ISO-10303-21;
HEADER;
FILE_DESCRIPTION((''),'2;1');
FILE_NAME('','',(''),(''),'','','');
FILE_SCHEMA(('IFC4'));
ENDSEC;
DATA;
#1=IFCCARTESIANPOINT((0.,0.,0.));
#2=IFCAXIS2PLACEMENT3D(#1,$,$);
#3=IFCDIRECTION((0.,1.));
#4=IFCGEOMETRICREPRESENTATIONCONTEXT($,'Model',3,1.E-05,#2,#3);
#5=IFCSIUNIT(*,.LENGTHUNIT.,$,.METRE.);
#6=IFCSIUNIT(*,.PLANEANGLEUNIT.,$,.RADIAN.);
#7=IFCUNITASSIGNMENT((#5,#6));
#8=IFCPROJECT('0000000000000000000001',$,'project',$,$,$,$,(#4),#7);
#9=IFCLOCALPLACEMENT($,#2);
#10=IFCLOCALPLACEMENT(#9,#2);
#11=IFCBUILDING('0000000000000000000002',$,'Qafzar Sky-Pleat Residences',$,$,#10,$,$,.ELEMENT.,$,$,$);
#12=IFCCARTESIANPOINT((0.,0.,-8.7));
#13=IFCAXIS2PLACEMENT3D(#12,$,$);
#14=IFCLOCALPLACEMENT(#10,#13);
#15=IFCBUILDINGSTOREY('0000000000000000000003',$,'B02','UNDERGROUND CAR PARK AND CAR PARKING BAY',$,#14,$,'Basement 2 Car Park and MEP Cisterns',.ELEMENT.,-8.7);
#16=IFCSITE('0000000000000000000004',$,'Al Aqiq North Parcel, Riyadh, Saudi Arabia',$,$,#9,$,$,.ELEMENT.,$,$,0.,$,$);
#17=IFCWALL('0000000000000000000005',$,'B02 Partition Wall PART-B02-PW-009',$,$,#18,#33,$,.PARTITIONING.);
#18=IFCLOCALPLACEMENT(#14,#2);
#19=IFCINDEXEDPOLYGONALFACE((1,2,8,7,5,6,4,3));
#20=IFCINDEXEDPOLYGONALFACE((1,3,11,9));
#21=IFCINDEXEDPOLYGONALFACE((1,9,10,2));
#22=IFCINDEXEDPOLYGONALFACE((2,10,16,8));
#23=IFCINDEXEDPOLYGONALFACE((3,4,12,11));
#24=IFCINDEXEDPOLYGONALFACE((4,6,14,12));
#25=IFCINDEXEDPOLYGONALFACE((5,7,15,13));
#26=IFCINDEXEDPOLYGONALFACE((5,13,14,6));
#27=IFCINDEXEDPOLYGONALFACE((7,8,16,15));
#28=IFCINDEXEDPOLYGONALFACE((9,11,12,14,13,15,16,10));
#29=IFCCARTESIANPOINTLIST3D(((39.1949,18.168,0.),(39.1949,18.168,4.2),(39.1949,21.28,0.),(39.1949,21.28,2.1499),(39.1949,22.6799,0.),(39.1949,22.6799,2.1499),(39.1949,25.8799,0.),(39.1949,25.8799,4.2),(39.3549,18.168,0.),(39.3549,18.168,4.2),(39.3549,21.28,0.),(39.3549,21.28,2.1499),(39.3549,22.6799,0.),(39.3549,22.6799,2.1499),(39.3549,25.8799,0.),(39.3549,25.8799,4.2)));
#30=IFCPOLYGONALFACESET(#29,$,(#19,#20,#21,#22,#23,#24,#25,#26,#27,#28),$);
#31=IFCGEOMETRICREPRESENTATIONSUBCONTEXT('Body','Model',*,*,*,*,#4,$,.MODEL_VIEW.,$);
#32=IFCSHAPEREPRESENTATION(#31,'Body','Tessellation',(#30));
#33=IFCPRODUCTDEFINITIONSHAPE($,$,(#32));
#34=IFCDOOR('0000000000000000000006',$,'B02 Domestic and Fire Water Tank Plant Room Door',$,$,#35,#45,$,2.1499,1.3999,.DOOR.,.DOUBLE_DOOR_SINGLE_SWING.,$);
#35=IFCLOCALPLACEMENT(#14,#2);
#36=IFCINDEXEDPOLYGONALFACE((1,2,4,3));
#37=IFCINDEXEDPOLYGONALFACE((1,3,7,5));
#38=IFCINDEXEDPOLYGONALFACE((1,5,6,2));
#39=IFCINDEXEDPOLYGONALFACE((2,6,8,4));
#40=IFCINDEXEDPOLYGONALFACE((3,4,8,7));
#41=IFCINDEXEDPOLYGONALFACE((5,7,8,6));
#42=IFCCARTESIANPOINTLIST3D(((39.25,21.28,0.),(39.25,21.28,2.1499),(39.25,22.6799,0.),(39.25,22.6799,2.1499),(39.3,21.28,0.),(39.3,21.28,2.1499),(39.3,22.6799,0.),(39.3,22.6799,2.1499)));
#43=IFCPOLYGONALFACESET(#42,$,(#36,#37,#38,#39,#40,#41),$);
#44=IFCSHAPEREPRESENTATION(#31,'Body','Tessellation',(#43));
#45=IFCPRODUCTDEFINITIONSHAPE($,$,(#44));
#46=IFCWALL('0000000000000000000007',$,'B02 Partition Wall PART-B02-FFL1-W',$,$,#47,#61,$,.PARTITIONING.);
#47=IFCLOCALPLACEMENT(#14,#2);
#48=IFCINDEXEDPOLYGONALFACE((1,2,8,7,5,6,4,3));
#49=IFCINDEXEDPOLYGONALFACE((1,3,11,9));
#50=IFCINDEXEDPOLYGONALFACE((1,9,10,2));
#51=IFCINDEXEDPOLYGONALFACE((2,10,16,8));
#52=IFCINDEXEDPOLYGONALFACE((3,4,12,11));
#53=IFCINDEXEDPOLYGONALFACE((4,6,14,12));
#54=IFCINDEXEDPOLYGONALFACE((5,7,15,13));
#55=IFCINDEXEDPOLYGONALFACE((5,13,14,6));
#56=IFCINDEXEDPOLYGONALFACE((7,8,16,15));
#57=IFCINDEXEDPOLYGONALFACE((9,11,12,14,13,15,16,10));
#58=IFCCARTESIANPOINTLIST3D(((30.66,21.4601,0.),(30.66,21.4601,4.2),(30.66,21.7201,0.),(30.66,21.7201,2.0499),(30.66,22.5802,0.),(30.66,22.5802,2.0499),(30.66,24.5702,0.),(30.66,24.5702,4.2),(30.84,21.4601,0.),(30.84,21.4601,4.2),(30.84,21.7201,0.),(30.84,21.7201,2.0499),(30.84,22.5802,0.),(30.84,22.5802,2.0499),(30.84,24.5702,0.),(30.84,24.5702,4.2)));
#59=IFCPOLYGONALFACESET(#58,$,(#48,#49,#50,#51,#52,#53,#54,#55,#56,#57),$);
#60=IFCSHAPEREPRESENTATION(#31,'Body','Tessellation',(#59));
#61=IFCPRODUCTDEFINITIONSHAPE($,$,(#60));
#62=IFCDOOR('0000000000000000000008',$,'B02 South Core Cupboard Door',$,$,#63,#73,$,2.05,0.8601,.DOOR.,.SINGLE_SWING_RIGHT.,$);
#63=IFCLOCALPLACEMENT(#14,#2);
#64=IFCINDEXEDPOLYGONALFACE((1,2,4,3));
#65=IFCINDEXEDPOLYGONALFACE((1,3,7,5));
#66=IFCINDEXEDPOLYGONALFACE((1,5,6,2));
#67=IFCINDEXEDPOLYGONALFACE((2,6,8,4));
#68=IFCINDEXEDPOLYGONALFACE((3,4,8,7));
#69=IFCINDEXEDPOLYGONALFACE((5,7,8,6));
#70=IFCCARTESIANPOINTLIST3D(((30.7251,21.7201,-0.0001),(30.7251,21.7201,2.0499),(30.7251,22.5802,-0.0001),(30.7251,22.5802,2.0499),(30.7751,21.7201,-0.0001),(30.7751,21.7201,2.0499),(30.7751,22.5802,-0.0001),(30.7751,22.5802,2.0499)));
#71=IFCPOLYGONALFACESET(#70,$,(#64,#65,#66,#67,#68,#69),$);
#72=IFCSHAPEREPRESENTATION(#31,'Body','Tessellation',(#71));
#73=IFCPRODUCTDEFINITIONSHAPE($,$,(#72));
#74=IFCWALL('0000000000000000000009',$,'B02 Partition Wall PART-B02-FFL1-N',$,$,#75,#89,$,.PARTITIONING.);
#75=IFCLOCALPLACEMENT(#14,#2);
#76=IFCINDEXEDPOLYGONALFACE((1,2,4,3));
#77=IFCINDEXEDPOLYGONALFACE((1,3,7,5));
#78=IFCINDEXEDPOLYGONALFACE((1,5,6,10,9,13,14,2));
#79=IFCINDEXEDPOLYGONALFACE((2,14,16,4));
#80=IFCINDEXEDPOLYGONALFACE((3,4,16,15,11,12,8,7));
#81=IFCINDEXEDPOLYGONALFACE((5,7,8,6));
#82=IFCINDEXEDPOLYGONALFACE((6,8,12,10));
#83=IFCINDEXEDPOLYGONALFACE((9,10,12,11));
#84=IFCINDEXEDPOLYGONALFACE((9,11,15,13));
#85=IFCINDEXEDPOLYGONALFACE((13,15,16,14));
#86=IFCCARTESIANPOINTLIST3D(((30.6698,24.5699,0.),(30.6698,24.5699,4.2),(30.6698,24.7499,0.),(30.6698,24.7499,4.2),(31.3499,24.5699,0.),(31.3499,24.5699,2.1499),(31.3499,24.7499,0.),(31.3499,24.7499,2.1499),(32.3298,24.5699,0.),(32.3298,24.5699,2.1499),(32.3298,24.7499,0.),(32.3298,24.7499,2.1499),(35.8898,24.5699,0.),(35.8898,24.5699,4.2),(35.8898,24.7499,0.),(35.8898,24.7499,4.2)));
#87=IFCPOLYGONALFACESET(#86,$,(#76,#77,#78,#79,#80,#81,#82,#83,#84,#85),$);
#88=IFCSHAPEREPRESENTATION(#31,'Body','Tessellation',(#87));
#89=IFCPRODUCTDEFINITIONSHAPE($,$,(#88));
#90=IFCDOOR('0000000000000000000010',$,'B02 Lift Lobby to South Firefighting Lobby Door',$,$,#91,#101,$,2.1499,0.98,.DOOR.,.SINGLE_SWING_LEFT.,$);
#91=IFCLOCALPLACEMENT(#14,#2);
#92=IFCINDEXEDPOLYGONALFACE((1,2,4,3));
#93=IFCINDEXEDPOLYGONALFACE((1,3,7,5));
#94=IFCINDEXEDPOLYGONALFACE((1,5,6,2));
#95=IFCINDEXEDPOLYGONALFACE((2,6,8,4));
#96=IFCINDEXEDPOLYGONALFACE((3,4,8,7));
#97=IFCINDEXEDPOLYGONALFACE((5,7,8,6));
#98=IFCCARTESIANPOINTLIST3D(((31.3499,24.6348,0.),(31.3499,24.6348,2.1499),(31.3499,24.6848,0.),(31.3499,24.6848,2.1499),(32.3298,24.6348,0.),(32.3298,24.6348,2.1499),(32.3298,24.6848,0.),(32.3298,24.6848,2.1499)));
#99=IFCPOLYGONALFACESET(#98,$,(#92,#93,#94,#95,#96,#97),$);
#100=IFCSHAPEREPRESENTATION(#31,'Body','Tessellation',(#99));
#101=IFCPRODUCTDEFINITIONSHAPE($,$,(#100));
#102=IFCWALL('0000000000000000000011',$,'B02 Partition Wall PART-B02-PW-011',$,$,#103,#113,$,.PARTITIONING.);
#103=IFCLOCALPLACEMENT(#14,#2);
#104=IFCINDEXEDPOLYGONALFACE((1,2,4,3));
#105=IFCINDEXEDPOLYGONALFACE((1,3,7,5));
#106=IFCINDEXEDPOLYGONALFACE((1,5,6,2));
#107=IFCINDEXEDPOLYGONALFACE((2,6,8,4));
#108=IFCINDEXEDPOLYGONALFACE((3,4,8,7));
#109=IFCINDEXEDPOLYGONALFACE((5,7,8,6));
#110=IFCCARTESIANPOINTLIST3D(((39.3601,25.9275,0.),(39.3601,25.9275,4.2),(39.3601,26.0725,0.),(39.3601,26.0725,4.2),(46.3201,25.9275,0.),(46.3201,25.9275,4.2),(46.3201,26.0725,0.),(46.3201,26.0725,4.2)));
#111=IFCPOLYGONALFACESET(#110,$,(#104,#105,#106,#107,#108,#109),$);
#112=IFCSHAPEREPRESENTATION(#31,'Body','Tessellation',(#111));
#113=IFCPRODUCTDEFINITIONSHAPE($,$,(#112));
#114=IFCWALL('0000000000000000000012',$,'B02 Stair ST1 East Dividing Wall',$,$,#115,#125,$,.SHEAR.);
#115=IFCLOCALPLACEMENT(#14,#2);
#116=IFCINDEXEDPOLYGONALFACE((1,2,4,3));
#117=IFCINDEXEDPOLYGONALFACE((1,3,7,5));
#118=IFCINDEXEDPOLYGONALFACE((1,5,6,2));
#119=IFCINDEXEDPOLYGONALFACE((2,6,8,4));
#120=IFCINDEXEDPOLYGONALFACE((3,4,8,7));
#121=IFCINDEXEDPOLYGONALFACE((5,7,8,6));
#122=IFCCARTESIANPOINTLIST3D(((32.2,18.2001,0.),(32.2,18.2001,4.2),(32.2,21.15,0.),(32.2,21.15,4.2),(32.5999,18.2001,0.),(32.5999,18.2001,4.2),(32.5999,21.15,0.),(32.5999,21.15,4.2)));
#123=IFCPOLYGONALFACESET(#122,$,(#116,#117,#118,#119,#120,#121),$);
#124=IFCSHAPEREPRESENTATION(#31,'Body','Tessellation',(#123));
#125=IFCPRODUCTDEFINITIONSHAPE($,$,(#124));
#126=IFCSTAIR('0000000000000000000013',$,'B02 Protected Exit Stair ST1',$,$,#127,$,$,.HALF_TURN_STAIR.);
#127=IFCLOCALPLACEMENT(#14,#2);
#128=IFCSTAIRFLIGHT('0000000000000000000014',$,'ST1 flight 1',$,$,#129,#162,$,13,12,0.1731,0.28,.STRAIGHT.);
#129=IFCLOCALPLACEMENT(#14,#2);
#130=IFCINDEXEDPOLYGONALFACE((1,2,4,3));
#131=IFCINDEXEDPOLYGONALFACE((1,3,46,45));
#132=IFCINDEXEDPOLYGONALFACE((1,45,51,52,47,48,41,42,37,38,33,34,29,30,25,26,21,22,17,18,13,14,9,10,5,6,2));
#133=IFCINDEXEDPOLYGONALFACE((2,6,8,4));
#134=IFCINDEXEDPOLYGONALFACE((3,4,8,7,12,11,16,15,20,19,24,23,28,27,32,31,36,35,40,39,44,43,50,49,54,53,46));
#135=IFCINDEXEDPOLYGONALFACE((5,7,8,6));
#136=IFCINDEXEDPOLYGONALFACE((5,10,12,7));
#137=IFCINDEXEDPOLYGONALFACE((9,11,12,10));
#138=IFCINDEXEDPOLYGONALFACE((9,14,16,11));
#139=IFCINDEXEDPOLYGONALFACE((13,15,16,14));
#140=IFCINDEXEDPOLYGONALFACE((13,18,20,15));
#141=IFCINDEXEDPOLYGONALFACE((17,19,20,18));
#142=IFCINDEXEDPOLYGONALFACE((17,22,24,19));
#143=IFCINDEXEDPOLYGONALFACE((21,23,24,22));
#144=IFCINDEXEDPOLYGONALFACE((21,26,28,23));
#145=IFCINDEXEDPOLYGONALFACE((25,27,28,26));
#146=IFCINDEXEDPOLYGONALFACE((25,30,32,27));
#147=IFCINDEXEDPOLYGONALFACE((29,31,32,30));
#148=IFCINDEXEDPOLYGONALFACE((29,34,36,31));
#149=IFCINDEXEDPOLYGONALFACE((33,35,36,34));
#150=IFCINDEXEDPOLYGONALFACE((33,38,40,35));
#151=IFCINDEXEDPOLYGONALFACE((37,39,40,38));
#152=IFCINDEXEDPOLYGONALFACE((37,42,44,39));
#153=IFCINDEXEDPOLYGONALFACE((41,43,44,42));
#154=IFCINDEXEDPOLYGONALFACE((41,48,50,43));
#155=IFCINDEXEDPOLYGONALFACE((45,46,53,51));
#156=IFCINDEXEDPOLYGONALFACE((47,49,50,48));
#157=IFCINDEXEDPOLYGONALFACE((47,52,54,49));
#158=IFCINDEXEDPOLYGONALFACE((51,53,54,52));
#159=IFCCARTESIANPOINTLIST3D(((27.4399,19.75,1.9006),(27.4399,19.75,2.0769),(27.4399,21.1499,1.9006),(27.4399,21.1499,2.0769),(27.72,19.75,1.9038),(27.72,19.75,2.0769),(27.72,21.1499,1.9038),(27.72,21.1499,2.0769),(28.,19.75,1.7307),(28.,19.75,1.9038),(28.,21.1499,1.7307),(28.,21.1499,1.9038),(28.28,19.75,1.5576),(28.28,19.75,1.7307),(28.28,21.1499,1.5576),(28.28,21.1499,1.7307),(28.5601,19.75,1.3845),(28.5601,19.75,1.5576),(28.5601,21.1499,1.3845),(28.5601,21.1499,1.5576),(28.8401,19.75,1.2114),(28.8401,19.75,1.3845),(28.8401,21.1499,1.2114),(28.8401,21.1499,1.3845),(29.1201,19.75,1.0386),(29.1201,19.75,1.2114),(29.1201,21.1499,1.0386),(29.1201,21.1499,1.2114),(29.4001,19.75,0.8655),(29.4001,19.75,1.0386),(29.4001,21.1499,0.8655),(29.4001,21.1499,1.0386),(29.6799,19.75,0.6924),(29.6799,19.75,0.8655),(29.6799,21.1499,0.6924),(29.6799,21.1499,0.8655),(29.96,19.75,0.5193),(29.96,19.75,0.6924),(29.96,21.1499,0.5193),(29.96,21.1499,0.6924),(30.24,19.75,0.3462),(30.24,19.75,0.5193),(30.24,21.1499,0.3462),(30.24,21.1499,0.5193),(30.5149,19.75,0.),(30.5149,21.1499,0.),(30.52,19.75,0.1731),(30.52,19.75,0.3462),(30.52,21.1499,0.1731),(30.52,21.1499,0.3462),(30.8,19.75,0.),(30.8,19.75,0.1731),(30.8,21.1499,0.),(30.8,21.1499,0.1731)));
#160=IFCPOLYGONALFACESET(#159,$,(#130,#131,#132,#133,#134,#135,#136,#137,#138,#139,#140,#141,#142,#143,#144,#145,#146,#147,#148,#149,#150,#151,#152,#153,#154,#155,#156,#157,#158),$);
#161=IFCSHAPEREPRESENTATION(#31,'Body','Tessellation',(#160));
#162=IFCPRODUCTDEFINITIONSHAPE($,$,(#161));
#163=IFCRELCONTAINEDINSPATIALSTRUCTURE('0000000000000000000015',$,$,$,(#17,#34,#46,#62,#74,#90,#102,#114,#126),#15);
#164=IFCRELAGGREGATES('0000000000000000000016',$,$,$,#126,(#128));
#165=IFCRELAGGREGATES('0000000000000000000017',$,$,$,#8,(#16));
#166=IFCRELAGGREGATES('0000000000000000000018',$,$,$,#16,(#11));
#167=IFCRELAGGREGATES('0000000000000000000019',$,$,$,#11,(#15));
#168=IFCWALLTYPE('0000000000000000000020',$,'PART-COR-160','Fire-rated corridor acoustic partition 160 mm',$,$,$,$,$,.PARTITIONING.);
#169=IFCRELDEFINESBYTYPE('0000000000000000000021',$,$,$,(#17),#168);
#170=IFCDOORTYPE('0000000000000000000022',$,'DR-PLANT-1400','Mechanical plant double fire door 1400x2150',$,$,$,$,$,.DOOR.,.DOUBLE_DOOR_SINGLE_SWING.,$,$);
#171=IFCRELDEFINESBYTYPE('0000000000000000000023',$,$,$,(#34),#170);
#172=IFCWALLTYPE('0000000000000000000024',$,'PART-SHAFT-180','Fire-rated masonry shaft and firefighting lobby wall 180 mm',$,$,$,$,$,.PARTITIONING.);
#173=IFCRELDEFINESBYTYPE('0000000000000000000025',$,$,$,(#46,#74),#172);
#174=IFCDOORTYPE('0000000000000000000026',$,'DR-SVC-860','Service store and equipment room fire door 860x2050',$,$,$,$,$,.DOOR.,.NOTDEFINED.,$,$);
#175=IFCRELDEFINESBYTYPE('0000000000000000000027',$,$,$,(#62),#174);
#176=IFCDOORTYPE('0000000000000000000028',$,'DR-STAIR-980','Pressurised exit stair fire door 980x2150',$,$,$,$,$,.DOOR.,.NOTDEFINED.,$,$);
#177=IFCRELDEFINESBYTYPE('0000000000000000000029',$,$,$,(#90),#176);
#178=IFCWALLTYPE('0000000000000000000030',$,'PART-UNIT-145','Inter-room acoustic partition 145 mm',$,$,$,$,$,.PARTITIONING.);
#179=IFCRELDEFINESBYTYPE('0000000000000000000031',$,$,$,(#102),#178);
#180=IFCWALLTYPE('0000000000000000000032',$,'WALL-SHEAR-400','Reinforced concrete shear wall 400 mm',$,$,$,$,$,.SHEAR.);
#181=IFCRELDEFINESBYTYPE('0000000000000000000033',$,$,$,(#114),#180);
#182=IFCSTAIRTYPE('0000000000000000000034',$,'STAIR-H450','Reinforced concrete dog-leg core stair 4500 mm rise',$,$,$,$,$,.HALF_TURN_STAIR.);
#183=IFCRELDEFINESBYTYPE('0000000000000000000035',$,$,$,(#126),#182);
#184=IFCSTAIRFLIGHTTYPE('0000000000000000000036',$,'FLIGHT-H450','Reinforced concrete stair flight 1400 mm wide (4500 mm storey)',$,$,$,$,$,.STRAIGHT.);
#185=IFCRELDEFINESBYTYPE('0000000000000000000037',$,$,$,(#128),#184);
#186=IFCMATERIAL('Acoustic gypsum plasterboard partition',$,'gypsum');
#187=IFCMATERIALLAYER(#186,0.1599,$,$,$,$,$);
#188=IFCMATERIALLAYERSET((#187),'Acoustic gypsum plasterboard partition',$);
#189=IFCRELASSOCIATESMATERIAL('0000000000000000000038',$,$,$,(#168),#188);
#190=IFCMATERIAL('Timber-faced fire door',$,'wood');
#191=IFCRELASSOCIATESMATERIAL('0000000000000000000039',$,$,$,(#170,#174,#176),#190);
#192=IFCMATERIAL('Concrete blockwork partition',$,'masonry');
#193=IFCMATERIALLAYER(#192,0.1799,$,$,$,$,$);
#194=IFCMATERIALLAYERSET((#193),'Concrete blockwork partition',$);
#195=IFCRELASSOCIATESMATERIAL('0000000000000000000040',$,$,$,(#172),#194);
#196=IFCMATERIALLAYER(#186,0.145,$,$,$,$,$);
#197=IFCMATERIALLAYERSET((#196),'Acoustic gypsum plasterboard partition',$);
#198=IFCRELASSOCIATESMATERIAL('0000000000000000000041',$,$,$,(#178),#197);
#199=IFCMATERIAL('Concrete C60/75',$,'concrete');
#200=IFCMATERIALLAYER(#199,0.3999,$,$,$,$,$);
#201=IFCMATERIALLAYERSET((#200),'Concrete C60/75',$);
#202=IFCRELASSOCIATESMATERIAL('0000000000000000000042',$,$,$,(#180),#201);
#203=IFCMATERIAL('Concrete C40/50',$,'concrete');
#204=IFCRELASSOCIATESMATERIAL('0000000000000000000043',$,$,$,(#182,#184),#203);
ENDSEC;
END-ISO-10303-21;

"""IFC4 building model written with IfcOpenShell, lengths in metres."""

from ifc_helpers import new_model, si_unit, direction, frame, frame_2d, origin, place, context, subcontext, project, spatial, polyline, rectangle, outline, extrude, source, transform, mapped, material, layer, layer_set, type_object, element, fill, aggregate, save


model = new_model("IFC4")

# Units and contexts
model_context = context("Model", 3, precision=1e-05, world=origin(), true_north=direction((0.0, 1.0)))
body_context = subcontext(model_context, "Body", "Model", "MODEL_VIEW")
ifc_project = project(units=[si_unit("LENGTHUNIT", "METRE"), si_unit("PLANEANGLEUNIT", "RADIAN")], contexts=[model_context])

# Site, building, storey
site_placement = place(None, origin())
site = spatial("IfcSite", under=ifc_project, at=site_placement, Name="Al Aqiq North Parcel, Riyadh, Saudi Arabia", CompositionType="ELEMENT", RefElevation=0.0)
building_placement = place(site_placement, origin())
building = spatial("IfcBuilding", under=site, at=building_placement, Name="Qafzar Sky-Pleat Residences", CompositionType="ELEMENT")
storey_placement = place(building_placement, frame((0.0, 0.0, -8.7)))
storey = spatial("IfcBuildingStorey", under=building, at=storey_placement, Name="B02", Description="UNDERGROUND CAR PARK AND CAR PARKING BAY", LongName="Basement 2 Car Park and MEP Cisterns", CompositionType="ELEMENT", Elevation=-8.7)

# Shared definitions
ifc_material_1 = material(Name="Acoustic gypsum plasterboard partition", Category="gypsum")
ifc_layer_1 = layer(ifc_material_1, 0.1599)
ifc_layer_set_1 = layer_set([ifc_layer_1], Name="Acoustic gypsum plasterboard partition")
wall_type_1 = type_object("IfcWallType", Name="PART-COR-160", Description="Fire-rated corridor acoustic partition 160 mm", PredefinedType="PARTITIONING", material=ifc_layer_set_1)

# Walls, openings, doors
wall_1_placement = place(storey_placement, frame((39.2749, 18.168, 0.0), z_axis=(0.0, 0.0, 1.0), x_axis=(0.0, 1.0, 0.0)))
wall_1 = element("IfcWall", 1, at=wall_1_placement, inside=storey, type_object=wall_type_1, Name="B02 Partition Wall PART-B02-PW-009", PredefinedType="PARTITIONING", context=body_context, shape_type="SweptSolid", body=[
    extrude(rectangle(XDim=7.7119, YDim=0.1599, at=frame_2d((3.856, 0.0))), origin(), (0.0, 0.0, 1.0), 4.2),
])
opening_1_placement = place(wall_1_placement, frame((3.1121, 0.0, 0.0)))
opening_1 = element("IfcOpeningElement", 2, at=opening_1_placement, cuts=wall_1, PredefinedType="OPENING", context=body_context, shape_type="SweptSolid", body=[
    extrude(rectangle(XDim=1.3999, YDim=2.1499, at=frame_2d((0.7, 1.075))), frame((0.0, 0.0898, 0.0), z_axis=(0.0, -1.0, 0.0), x_axis=(1.0, 0.0, 0.0)), (0.0, 0.0, 1.0), 0.1799),
])
ifc_material_2 = material(Name="Timber-faced fire door", Category="wood")
door_type_1 = type_object("IfcDoorType", Name="DR-PLANT-1400", Description="Mechanical plant double fire door 1400x2150", OperationType="DOUBLE_DOOR_SINGLE_SWING", PredefinedType="DOOR", material=ifc_material_2)
shared_shape_1 = source(origin(), body_context, "Body", "SweptSolid", [
    extrude(rectangle(XDim=1.3999, YDim=2.1499, at=frame_2d((0.7, 1.075))), frame((0.0, 0.0249, 0.0), z_axis=(0.0, -1.0, 0.0), x_axis=(1.0, 0.0, 0.0)), (0.0, 0.0, 1.0), 0.05),
])
door_1_placement = place(opening_1_placement, origin())
door_1 = element("IfcDoor", 3, at=door_1_placement, inside=storey, type_object=door_type_1, Name="B02 Domestic and Fire Water Tank Plant Room Door", OperationType="DOUBLE_DOOR_SINGLE_SWING", OverallHeight=2.1499, OverallWidth=1.3999, PredefinedType="DOOR", context=body_context, shape_type="MappedRepresentation", body=[
    mapped(shared_shape_1, transform((0.0, 0.0, 0.0), x_axis=(1.0, 0.0, 0.0), y_axis=(0.0, 1.0, 0.0), z_axis=(0.0, 0.0, 1.0), scale=1.0)),
])
fill(opening_1, door_1)
ifc_material_3 = material(Name="Concrete blockwork partition", Category="masonry")
ifc_layer_2 = layer(ifc_material_3, 0.1799)
ifc_layer_set_2 = layer_set([ifc_layer_2], Name="Concrete blockwork partition")
wall_type_2 = type_object("IfcWallType", Name="PART-SHAFT-180", Description="Fire-rated masonry shaft and firefighting lobby wall 180 mm", PredefinedType="PARTITIONING", material=ifc_layer_set_2)
wall_2_placement = place(storey_placement, frame((30.75, 21.46, 0.0), z_axis=(0.0, 0.0, 1.0), x_axis=(0.0, 1.0, 0.0)))
wall_2 = element("IfcWall", 4, at=wall_2_placement, inside=storey, type_object=wall_type_2, Name="B02 Partition Wall PART-B02-FFL1-W", PredefinedType="PARTITIONING", context=body_context, shape_type="SweptSolid", body=[
    extrude(rectangle(XDim=3.1101, YDim=0.1799, at=frame_2d((1.5552, 0.0))), origin(), (0.0, 0.0, 1.0), 4.2),
])
opening_2_placement = place(wall_2_placement, frame((0.26, 0.0, 0.0)))
opening_2 = element("IfcOpeningElement", 5, at=opening_2_placement, cuts=wall_2, PredefinedType="OPENING", context=body_context, shape_type="SweptSolid", body=[
    extrude(rectangle(XDim=0.8601, YDim=2.05, at=frame_2d((0.4302, 1.0249))), frame((0.0, 0.1001, 0.0), z_axis=(0.0, -1.0, 0.0), x_axis=(1.0, 0.0, 0.0)), (0.0, 0.0, 1.0), 0.2),
])
door_type_2 = type_object("IfcDoorType", Name="DR-SVC-860", Description="Service store and equipment room fire door 860x2050", OperationType="NOTDEFINED", PredefinedType="DOOR", material=ifc_material_2)
shared_shape_2 = source(origin(), body_context, "Body", "SweptSolid", [
    extrude(rectangle(XDim=0.8601, YDim=2.05, at=frame_2d((0.4302, 1.0249))), frame((0.0, 0.0249, 0.0), z_axis=(0.0, -1.0, 0.0), x_axis=(1.0, 0.0, 0.0)), (0.0, 0.0, 1.0), 0.05),
])
door_2_placement = place(opening_2_placement, origin())
door_2 = element("IfcDoor", 6, at=door_2_placement, inside=storey, type_object=door_type_2, Name="B02 South Core Cupboard Door", OperationType="SINGLE_SWING_RIGHT", OverallHeight=2.05, OverallWidth=0.8601, PredefinedType="DOOR", context=body_context, shape_type="MappedRepresentation", body=[
    mapped(shared_shape_2, transform((0.0, 0.0, 0.0), x_axis=(1.0, 0.0, 0.0), y_axis=(0.0, 1.0, 0.0), z_axis=(0.0, 0.0, 1.0), scale=1.0)),
])
fill(opening_2, door_2)
wall_3_placement = place(storey_placement, frame((30.6699, 24.6599, 0.0), z_axis=(0.0, 0.0, 1.0), x_axis=(1.0, 0.0, 0.0)))
wall_3 = element("IfcWall", 7, at=wall_3_placement, inside=storey, type_object=wall_type_2, Name="B02 Partition Wall PART-B02-FFL1-N", PredefinedType="PARTITIONING", context=body_context, shape_type="SweptSolid", body=[
    extrude(rectangle(XDim=5.22, YDim=0.1799, at=frame_2d((2.6099, 0.0))), origin(), (0.0, 0.0, 1.0), 4.2),
])
opening_3_placement = place(wall_3_placement, frame((0.6799, 0.0, 0.0)))
opening_3 = element("IfcOpeningElement", 8, at=opening_3_placement, cuts=wall_3, PredefinedType="OPENING", context=body_context, shape_type="SweptSolid", body=[
    extrude(rectangle(XDim=0.98, YDim=2.1499, at=frame_2d((0.49, 1.075))), frame((0.0, 0.1001, 0.0), z_axis=(0.0, -1.0, 0.0), x_axis=(1.0, 0.0, 0.0)), (0.0, 0.0, 1.0), 0.2),
])
door_type_3 = type_object("IfcDoorType", Name="DR-STAIR-980", Description="Pressurised exit stair fire door 980x2150", OperationType="NOTDEFINED", PredefinedType="DOOR", material=ifc_material_2)
shared_shape_3 = source(origin(), body_context, "Body", "SweptSolid", [
    extrude(rectangle(XDim=0.98, YDim=2.1499, at=frame_2d((0.49, 1.075))), frame((0.0, 0.0249, 0.0), z_axis=(0.0, -1.0, 0.0), x_axis=(1.0, 0.0, 0.0)), (0.0, 0.0, 1.0), 0.05),
])
door_3_placement = place(opening_3_placement, origin())
door_3 = element("IfcDoor", 9, at=door_3_placement, inside=storey, type_object=door_type_3, Name="B02 Lift Lobby to South Firefighting Lobby Door", OperationType="SINGLE_SWING_LEFT", OverallHeight=2.1499, OverallWidth=0.98, PredefinedType="DOOR", context=body_context, shape_type="MappedRepresentation", body=[
    mapped(shared_shape_3, transform((0.0, 0.0, 0.0), x_axis=(1.0, 0.0, 0.0), y_axis=(0.0, 1.0, 0.0), z_axis=(0.0, 0.0, 1.0), scale=1.0)),
])
fill(opening_3, door_3)

# Walls
ifc_layer_3 = layer(ifc_material_1, 0.145)
ifc_layer_set_3 = layer_set([ifc_layer_3], Name="Acoustic gypsum plasterboard partition")
wall_type_3 = type_object("IfcWallType", Name="PART-UNIT-145", Description="Inter-room acoustic partition 145 mm", PredefinedType="PARTITIONING", material=ifc_layer_set_3)
wall_4_placement = place(storey_placement, frame((39.3601, 26.0, 0.0), z_axis=(0.0, 0.0, 1.0), x_axis=(1.0, 0.0, 0.0)))
element("IfcWall", 10, at=wall_4_placement, inside=storey, type_object=wall_type_3, Name="B02 Partition Wall PART-B02-PW-011", PredefinedType="PARTITIONING", context=body_context, shape_type="SweptSolid", body=[
    extrude(rectangle(XDim=6.96, YDim=0.145, at=frame_2d((3.48, 0.0))), origin(), (0.0, 0.0, 1.0), 4.2),
])
ifc_material_4 = material(Name="Concrete C60/75", Category="concrete")
ifc_layer_4 = layer(ifc_material_4, 0.3999)
ifc_layer_set_4 = layer_set([ifc_layer_4], Name="Concrete C60/75")
wall_type_4 = type_object("IfcWallType", Name="WALL-SHEAR-400", Description="Reinforced concrete shear wall 400 mm", PredefinedType="SHEAR", material=ifc_layer_set_4)
wall_5_placement = place(storey_placement, frame((32.3999, 18.2, 0.0), z_axis=(0.0, 0.0, 1.0), x_axis=(0.0, 1.0, 0.0)))
element("IfcWall", 11, at=wall_5_placement, inside=storey, type_object=wall_type_4, Name="B02 Stair ST1 East Dividing Wall", PredefinedType="SHEAR", context=body_context, shape_type="SweptSolid", body=[
    extrude(rectangle(XDim=2.95, YDim=0.3999, at=frame_2d((1.4751, 0.0))), origin(), (0.0, 0.0, 1.0), 4.2),
])

# Stair, stair flight
ifc_material_5 = material(Name="Concrete C40/50", Category="concrete")
stair_type = type_object("IfcStairType", Name="STAIR-H450", Description="Reinforced concrete dog-leg core stair 4500 mm rise", PredefinedType="HALF_TURN_STAIR", material=ifc_material_5)
stair_placement = place(storey_placement, origin())
stair = element("IfcStair", 12, at=stair_placement, inside=storey, type_object=stair_type, Name="B02 Protected Exit Stair ST1", PredefinedType="HALF_TURN_STAIR")
stair_flight_type = type_object("IfcStairFlightType", Name="FLIGHT-H450", Description="Reinforced concrete stair flight 1400 mm wide (4500 mm storey)", PredefinedType="STRAIGHT", material=ifc_material_5)
shared_shape_4 = source(origin(), body_context, "Body", "SweptSolid", [
    extrude(outline(polyline([(0.0, 0.0), (0.0, 0.1731), (0.28, 0.1731), (0.28, 0.3462), (0.5601, 0.3462), (0.5601, 0.5193), (0.8401, 0.5193), (0.8401, 0.6924), (1.1201, 0.6924), (1.1201, 0.8655), (1.3999, 0.8655), (1.3999, 1.0386), (1.6799, 1.0386), (1.6799, 1.2114), (1.96, 1.2114), (1.96, 1.3845), (2.24, 1.3845), (2.24, 1.5576), (2.52, 1.5576), (2.52, 1.7307), (2.8, 1.7307), (2.8, 1.9038), (3.0801, 1.9038), (3.0801, 2.0769), (3.3601, 2.0769), (3.3601, 2.25), (3.3601, 1.9006), (0.2852, 0.0), (0.0, 0.0)])), frame((0.0, 0.7, 0.0), z_axis=(0.0, -1.0, 0.0), x_axis=(1.0, 0.0, 0.0)), (0.0, 0.0, 1.0), 1.3999),
])
stair_flight_placement = place(storey_placement, frame((30.8, 20.45, 0.0), z_axis=(0.0, 0.0, 1.0), x_axis=(-1.0, 0.0, 0.0)))
stair_flight = element("IfcStairFlight", 13, at=stair_flight_placement, type_object=stair_flight_type, Name="ST1 flight 1", NumberOfRisers=13, NumberOfTreads=12, PredefinedType="STRAIGHT", RiserHeight=0.1731, TreadLength=0.28, context=body_context, shape_type="MappedRepresentation", body=[
    mapped(shared_shape_4, transform((0.0, 0.0, 0.0), x_axis=(1.0, 0.0, 0.0), y_axis=(0.0, 1.0, 0.0), z_axis=(0.0, 0.0, 1.0), scale=1.0)),
])
aggregate(stair, [stair_flight])

save(model, "model.ifc")
